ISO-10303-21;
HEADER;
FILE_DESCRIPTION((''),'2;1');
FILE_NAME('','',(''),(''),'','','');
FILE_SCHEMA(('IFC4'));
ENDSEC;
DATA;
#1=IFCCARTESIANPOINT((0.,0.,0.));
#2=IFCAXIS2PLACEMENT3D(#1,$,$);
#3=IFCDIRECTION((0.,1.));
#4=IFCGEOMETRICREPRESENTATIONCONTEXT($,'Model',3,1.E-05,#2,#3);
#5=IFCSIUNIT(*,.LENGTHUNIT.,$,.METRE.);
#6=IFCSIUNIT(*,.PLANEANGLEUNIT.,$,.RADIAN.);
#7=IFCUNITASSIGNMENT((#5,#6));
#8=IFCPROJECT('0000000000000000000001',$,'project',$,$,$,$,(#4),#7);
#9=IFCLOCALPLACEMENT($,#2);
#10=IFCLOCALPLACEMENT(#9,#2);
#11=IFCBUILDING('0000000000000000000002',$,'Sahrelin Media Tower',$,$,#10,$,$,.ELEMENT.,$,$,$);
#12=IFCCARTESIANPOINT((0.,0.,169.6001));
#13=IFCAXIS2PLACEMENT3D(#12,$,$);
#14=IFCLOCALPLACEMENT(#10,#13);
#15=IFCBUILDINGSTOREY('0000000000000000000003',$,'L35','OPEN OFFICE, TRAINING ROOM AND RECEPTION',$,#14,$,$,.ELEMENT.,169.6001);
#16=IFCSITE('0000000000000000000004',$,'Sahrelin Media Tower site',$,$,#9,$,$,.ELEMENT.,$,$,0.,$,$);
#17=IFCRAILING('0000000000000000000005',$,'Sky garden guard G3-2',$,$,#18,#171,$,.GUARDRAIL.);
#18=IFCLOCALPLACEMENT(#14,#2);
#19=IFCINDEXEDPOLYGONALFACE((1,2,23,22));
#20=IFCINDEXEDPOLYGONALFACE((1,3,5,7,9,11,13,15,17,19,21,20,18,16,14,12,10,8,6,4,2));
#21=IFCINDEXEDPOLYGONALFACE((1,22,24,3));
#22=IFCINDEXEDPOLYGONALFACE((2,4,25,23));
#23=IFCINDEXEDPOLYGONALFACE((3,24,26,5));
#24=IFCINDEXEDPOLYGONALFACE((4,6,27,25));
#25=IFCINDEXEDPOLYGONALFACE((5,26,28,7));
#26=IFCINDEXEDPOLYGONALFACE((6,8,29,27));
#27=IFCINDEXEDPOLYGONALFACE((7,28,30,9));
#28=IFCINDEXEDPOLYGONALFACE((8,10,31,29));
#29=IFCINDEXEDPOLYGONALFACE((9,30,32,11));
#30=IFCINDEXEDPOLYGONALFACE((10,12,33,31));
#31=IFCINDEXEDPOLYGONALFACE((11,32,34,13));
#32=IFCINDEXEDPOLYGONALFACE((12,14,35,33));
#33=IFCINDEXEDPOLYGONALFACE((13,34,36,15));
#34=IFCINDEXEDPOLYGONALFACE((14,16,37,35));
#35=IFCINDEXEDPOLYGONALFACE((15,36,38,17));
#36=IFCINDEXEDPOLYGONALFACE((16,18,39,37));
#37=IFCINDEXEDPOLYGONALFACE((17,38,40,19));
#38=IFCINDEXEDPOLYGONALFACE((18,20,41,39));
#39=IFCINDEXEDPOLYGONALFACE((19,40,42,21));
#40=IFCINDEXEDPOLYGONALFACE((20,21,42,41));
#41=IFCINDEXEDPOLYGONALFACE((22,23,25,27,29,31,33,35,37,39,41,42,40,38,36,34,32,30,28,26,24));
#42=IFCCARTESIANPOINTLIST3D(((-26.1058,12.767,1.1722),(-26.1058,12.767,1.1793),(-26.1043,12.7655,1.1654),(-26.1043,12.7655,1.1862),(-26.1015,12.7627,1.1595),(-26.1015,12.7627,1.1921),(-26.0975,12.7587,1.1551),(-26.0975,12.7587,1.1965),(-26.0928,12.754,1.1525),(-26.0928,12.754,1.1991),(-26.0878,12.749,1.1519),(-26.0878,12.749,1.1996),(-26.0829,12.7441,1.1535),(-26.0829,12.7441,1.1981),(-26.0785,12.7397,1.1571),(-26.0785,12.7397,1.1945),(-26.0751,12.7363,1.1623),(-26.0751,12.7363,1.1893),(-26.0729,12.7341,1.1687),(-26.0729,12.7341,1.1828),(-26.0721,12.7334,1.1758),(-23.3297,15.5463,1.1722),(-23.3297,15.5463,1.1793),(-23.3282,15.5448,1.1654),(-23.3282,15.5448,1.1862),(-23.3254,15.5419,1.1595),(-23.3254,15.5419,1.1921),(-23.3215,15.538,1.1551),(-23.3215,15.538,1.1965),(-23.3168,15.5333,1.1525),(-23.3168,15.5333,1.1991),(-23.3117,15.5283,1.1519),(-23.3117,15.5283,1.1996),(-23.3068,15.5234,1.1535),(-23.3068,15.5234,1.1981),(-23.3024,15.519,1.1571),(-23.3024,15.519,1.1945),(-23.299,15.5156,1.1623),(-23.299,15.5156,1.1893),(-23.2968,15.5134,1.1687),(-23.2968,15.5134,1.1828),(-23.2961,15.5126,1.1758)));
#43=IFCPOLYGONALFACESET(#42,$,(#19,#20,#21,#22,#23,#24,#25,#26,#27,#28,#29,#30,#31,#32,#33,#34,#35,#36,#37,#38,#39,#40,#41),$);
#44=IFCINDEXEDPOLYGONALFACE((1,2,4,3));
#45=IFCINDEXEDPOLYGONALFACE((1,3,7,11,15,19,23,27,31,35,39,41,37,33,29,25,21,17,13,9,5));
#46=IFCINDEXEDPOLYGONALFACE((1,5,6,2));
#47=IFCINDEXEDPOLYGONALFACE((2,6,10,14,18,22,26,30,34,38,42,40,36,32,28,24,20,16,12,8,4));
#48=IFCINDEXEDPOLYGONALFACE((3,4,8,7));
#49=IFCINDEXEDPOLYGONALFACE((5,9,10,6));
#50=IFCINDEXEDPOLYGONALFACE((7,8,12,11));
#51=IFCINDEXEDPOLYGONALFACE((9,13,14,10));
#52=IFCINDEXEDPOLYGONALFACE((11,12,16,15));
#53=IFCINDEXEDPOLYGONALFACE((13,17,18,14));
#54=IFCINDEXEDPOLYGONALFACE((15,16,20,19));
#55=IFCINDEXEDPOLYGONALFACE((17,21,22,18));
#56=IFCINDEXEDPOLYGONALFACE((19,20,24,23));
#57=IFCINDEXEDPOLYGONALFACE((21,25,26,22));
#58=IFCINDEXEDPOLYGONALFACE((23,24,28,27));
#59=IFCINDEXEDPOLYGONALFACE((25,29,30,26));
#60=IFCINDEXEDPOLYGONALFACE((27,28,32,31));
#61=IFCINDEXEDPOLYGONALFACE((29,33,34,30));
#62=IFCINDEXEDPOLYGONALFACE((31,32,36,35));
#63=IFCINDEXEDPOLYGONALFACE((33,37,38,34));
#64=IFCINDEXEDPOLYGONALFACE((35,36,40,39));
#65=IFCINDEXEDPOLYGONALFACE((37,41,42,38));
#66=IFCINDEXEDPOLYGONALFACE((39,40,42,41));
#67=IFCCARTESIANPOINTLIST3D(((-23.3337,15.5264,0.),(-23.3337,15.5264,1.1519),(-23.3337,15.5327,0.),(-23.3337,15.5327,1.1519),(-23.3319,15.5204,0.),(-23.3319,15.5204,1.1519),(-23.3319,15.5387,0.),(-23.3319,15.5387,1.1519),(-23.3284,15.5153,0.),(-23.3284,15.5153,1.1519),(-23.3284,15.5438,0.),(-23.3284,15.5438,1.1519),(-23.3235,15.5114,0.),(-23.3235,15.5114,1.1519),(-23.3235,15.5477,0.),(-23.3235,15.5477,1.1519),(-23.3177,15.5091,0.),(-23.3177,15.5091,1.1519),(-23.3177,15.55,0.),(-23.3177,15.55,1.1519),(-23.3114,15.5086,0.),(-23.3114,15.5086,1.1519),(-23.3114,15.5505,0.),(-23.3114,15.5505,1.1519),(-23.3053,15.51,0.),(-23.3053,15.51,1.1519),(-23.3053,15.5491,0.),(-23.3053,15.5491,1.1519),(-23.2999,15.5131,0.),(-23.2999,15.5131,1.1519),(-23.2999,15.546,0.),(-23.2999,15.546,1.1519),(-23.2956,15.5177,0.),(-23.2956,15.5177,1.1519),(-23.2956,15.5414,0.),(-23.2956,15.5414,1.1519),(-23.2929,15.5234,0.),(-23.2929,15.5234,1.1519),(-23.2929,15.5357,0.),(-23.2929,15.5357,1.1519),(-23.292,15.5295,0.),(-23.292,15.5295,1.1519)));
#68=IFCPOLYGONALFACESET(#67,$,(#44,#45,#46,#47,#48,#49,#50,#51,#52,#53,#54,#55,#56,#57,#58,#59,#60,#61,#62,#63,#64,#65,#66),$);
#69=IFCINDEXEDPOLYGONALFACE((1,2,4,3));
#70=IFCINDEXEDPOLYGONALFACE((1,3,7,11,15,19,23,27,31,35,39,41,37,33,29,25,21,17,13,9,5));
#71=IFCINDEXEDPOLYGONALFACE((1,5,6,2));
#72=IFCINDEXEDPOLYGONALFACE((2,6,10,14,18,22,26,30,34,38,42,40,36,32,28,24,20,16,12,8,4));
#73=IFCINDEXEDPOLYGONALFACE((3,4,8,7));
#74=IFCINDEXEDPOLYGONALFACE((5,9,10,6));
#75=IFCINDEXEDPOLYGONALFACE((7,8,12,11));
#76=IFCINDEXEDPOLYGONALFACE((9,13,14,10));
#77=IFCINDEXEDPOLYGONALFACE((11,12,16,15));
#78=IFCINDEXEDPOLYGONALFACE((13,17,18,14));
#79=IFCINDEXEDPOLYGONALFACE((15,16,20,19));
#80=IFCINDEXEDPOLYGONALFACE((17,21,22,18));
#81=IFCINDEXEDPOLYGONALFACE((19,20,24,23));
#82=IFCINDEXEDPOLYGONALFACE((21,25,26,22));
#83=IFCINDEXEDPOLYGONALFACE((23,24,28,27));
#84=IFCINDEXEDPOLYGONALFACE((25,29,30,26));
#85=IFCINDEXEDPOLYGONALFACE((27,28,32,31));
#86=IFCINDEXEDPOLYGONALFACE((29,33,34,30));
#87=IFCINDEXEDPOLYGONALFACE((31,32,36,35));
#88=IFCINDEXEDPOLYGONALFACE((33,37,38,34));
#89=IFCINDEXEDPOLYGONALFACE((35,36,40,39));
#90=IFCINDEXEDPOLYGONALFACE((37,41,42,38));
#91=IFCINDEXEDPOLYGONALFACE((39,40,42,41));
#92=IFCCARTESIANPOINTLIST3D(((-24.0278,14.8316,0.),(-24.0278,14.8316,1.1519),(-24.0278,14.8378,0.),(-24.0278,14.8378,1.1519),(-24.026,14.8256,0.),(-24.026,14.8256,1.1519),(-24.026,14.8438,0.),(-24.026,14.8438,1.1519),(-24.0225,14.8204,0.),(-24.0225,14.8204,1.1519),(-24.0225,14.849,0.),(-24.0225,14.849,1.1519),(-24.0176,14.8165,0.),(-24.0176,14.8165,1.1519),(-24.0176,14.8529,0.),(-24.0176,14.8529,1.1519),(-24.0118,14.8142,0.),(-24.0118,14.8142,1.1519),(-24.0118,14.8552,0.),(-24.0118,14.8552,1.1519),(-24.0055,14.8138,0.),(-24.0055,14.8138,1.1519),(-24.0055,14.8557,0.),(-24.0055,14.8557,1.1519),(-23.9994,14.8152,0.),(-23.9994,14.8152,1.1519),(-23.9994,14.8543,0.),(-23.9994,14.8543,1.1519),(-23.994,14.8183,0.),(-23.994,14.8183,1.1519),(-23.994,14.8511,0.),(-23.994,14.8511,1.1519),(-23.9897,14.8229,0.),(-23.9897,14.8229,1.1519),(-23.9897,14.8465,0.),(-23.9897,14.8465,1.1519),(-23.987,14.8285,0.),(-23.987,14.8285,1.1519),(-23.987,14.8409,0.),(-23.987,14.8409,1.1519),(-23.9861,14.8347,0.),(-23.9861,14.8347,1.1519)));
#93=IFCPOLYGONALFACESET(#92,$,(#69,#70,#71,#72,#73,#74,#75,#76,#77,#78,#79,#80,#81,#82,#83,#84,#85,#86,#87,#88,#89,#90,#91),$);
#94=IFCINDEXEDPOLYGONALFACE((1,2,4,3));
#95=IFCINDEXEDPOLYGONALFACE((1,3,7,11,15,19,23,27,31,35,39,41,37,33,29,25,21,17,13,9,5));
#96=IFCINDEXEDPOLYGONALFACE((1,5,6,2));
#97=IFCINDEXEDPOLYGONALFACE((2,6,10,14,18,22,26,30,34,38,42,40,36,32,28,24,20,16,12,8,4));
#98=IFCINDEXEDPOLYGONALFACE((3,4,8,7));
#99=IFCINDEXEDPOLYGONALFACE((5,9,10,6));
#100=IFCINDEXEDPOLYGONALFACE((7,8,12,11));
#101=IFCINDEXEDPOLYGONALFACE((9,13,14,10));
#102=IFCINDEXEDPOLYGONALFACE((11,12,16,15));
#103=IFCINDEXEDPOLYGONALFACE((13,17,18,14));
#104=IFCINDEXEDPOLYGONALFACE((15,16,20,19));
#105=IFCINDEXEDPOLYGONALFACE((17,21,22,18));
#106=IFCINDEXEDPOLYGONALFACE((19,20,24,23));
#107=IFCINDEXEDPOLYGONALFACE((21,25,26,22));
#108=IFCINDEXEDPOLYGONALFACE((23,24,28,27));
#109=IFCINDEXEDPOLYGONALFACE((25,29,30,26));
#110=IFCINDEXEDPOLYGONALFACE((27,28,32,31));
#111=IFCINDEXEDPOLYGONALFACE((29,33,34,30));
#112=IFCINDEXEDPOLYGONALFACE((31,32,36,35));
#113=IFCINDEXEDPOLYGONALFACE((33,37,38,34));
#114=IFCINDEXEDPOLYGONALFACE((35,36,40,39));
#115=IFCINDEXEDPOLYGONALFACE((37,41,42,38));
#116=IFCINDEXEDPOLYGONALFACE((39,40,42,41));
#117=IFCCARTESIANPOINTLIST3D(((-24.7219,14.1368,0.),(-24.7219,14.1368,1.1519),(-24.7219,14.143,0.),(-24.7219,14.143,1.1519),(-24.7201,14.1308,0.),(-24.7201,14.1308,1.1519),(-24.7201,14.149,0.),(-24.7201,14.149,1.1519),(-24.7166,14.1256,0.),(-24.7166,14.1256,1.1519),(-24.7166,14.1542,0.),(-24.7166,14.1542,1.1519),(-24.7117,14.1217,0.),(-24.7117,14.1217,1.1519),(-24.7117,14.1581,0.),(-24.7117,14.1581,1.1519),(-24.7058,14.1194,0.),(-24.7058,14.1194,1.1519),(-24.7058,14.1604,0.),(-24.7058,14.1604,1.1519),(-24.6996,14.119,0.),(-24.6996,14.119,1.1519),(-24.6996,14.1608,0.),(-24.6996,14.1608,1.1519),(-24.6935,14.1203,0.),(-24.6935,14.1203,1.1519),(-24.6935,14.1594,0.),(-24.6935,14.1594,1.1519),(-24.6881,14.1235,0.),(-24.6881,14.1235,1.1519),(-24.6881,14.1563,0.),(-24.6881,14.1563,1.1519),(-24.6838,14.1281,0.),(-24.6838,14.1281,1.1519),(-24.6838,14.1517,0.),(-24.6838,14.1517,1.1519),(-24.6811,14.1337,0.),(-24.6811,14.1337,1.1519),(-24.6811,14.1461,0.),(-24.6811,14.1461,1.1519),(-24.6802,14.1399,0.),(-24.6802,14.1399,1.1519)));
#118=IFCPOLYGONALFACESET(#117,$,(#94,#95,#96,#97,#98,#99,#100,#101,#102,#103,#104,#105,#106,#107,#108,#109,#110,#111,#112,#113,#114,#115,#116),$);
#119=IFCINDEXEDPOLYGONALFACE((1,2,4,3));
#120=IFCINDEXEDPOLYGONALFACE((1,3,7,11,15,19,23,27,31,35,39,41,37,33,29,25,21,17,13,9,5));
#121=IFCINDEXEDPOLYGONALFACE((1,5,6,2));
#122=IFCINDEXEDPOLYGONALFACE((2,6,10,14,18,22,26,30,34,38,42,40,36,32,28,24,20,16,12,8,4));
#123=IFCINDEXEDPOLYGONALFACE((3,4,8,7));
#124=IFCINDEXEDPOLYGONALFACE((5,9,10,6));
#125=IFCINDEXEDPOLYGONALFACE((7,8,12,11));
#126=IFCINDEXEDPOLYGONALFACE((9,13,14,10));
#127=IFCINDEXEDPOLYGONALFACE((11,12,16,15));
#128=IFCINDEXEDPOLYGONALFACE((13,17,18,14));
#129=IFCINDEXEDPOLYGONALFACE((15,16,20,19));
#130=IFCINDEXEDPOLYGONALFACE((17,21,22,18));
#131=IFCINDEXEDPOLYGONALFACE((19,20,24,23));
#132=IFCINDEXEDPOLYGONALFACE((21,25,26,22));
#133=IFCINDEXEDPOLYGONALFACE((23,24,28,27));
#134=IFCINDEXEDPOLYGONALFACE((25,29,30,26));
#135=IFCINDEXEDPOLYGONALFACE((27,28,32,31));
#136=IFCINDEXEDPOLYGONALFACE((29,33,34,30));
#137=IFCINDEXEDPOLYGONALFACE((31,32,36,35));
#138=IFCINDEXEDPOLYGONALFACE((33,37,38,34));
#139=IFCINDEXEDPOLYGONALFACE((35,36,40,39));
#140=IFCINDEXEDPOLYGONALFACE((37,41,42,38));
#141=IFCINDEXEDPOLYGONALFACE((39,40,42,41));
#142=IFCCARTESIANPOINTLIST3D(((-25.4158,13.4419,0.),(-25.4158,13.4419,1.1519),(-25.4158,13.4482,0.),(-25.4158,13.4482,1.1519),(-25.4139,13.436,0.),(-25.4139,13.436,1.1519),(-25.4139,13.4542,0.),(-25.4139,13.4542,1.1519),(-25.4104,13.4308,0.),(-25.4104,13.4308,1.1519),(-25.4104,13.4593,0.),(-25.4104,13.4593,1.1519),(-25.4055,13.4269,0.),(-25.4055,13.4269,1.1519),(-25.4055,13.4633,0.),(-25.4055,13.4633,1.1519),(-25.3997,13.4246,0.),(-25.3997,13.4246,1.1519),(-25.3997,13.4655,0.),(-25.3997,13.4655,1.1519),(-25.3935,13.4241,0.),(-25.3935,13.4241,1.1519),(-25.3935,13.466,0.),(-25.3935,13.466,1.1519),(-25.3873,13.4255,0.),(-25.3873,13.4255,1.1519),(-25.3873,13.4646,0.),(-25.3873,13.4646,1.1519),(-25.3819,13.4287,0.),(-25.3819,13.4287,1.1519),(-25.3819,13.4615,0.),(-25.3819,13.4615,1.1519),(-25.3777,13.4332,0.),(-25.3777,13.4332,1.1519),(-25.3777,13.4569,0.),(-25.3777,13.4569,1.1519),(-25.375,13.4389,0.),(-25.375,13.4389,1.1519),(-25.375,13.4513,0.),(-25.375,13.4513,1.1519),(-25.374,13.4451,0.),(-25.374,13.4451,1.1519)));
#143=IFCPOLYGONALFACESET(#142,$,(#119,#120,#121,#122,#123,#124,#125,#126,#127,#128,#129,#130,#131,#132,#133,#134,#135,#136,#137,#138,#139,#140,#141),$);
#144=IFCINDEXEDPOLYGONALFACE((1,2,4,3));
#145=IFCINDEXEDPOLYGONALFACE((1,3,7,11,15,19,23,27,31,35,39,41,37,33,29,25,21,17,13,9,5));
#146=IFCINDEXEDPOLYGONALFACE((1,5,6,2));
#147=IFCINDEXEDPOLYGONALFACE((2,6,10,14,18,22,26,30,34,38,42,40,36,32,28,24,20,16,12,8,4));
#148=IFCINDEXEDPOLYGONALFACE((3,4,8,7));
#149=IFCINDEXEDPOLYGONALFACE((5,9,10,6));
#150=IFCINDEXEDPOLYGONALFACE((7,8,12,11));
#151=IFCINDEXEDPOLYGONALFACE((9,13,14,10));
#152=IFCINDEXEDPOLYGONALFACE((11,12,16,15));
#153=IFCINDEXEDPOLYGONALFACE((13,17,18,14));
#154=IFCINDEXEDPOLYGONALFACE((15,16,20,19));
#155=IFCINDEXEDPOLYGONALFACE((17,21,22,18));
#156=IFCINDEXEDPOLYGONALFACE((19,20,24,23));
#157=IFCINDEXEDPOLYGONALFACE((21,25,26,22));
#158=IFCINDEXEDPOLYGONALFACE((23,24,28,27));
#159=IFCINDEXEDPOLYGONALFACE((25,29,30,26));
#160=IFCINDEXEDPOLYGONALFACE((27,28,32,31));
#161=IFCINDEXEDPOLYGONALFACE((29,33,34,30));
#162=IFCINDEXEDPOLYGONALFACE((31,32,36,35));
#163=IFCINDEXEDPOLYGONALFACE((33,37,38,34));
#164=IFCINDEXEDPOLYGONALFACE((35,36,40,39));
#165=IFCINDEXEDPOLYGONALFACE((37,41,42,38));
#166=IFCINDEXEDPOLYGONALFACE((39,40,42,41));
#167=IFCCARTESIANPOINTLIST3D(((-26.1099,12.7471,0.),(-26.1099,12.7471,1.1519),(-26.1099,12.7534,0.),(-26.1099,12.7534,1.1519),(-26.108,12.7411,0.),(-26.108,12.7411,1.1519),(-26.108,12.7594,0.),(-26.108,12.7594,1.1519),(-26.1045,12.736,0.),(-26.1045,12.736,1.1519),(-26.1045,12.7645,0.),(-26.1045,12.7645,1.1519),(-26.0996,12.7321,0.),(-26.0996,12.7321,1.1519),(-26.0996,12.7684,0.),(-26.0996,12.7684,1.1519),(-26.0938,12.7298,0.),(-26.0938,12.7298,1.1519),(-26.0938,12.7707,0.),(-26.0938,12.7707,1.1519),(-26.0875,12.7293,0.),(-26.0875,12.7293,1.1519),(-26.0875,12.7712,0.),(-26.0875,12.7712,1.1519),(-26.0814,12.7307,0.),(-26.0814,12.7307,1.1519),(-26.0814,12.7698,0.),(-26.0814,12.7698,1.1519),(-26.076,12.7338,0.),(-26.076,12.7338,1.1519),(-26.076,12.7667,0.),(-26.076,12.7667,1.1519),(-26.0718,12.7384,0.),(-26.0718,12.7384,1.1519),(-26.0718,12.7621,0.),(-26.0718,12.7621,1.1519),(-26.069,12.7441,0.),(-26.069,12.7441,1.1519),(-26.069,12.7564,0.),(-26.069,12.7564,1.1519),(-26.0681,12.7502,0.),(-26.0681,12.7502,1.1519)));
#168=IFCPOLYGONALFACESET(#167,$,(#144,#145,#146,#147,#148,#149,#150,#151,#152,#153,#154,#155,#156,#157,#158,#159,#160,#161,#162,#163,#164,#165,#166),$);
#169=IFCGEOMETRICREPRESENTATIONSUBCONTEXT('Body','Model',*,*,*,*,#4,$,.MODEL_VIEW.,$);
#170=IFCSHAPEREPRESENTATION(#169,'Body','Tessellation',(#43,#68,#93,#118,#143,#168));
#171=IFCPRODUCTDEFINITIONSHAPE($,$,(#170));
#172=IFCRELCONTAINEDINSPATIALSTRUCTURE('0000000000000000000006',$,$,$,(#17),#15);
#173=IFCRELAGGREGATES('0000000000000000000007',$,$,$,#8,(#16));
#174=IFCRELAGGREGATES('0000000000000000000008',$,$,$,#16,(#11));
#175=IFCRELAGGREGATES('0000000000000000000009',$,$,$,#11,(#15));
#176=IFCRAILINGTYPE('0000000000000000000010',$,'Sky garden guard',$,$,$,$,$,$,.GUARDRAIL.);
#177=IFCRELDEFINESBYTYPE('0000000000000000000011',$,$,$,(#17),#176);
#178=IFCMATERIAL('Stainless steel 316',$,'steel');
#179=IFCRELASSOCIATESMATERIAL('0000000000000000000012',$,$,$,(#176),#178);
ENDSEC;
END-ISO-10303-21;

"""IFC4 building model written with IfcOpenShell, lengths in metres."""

from ifc_helpers import new_model, si_unit, direction, frame, origin, origin_2d, place, context, subcontext, project, spatial, circle, extrude, material, type_object, element, save


model = new_model("IFC4")

# Units and contexts
model_context = context("Model", 3, precision=1e-05, world=origin(), true_north=direction((0.0, 1.0)))
body_context = subcontext(model_context, "Body", "Model", "MODEL_VIEW")
ifc_project = project(units=[si_unit("LENGTHUNIT", "METRE"), si_unit("PLANEANGLEUNIT", "RADIAN")], contexts=[model_context])

# Site, building, storey
site_placement = place(None, origin())
site = spatial("IfcSite", under=ifc_project, at=site_placement, Name="Sahrelin Media Tower site", CompositionType="ELEMENT", RefElevation=0.0)
building_placement = place(site_placement, origin())
building = spatial("IfcBuilding", under=site, at=building_placement, Name="Sahrelin Media Tower", CompositionType="ELEMENT")
storey_placement = place(building_placement, frame((0.0, 0.0, 169.6001)))
storey = spatial("IfcBuildingStorey", under=building, at=storey_placement, Name="L35", Description="OPEN OFFICE, TRAINING ROOM AND RECEPTION", CompositionType="ELEMENT", Elevation=169.6001)

# Railing
ifc_material_1 = material(Name="Stainless steel 316", Category="steel")
railing_type = type_object("IfcRailingType", Name="Sky garden guard", PredefinedType="GUARDRAIL", material=ifc_material_1)
railing_1_placement = place(storey_placement, frame((-23.313, 15.5295, 0.0)))
element("IfcRailing", 1, at=railing_1_placement, inside=storey, type_object=railing_type, Name="Sky garden guard G3-2", PredefinedType="GUARDRAIL", context=body_context, shape_type="SweptSolid", body=[
    extrude(circle(Radius=0.0239, at=origin_2d()), frame((0.0, 0.0, 1.1758), z_axis=(-0.706703, -0.707511, 0.0), x_axis=(0.707511, -0.706703, 0.0)), (0.0, 0.0, 1.0), 3.9282),
    extrude(circle(Radius=0.021, at=origin_2d()), origin(), (0.0, 0.0, 1.0), 1.1519),
    extrude(circle(Radius=0.021, at=origin_2d()), frame((-0.6941, -0.6948, 0.0)), (0.0, 0.0, 1.0), 1.1519),
    extrude(circle(Radius=0.021, at=origin_2d()), frame((-1.3882, -1.3896, 0.0)), (0.0, 0.0, 1.0), 1.1519),
    extrude(circle(Radius=0.021, at=origin_2d()), frame((-2.082, -2.0845, 0.0)), (0.0, 0.0, 1.0), 1.1519),
    extrude(circle(Radius=0.021, at=origin_2d()), frame((-2.7761, -2.7793, 0.0)), (0.0, 0.0, 1.0), 1.1519),
])

save(model, "model.ifc")
